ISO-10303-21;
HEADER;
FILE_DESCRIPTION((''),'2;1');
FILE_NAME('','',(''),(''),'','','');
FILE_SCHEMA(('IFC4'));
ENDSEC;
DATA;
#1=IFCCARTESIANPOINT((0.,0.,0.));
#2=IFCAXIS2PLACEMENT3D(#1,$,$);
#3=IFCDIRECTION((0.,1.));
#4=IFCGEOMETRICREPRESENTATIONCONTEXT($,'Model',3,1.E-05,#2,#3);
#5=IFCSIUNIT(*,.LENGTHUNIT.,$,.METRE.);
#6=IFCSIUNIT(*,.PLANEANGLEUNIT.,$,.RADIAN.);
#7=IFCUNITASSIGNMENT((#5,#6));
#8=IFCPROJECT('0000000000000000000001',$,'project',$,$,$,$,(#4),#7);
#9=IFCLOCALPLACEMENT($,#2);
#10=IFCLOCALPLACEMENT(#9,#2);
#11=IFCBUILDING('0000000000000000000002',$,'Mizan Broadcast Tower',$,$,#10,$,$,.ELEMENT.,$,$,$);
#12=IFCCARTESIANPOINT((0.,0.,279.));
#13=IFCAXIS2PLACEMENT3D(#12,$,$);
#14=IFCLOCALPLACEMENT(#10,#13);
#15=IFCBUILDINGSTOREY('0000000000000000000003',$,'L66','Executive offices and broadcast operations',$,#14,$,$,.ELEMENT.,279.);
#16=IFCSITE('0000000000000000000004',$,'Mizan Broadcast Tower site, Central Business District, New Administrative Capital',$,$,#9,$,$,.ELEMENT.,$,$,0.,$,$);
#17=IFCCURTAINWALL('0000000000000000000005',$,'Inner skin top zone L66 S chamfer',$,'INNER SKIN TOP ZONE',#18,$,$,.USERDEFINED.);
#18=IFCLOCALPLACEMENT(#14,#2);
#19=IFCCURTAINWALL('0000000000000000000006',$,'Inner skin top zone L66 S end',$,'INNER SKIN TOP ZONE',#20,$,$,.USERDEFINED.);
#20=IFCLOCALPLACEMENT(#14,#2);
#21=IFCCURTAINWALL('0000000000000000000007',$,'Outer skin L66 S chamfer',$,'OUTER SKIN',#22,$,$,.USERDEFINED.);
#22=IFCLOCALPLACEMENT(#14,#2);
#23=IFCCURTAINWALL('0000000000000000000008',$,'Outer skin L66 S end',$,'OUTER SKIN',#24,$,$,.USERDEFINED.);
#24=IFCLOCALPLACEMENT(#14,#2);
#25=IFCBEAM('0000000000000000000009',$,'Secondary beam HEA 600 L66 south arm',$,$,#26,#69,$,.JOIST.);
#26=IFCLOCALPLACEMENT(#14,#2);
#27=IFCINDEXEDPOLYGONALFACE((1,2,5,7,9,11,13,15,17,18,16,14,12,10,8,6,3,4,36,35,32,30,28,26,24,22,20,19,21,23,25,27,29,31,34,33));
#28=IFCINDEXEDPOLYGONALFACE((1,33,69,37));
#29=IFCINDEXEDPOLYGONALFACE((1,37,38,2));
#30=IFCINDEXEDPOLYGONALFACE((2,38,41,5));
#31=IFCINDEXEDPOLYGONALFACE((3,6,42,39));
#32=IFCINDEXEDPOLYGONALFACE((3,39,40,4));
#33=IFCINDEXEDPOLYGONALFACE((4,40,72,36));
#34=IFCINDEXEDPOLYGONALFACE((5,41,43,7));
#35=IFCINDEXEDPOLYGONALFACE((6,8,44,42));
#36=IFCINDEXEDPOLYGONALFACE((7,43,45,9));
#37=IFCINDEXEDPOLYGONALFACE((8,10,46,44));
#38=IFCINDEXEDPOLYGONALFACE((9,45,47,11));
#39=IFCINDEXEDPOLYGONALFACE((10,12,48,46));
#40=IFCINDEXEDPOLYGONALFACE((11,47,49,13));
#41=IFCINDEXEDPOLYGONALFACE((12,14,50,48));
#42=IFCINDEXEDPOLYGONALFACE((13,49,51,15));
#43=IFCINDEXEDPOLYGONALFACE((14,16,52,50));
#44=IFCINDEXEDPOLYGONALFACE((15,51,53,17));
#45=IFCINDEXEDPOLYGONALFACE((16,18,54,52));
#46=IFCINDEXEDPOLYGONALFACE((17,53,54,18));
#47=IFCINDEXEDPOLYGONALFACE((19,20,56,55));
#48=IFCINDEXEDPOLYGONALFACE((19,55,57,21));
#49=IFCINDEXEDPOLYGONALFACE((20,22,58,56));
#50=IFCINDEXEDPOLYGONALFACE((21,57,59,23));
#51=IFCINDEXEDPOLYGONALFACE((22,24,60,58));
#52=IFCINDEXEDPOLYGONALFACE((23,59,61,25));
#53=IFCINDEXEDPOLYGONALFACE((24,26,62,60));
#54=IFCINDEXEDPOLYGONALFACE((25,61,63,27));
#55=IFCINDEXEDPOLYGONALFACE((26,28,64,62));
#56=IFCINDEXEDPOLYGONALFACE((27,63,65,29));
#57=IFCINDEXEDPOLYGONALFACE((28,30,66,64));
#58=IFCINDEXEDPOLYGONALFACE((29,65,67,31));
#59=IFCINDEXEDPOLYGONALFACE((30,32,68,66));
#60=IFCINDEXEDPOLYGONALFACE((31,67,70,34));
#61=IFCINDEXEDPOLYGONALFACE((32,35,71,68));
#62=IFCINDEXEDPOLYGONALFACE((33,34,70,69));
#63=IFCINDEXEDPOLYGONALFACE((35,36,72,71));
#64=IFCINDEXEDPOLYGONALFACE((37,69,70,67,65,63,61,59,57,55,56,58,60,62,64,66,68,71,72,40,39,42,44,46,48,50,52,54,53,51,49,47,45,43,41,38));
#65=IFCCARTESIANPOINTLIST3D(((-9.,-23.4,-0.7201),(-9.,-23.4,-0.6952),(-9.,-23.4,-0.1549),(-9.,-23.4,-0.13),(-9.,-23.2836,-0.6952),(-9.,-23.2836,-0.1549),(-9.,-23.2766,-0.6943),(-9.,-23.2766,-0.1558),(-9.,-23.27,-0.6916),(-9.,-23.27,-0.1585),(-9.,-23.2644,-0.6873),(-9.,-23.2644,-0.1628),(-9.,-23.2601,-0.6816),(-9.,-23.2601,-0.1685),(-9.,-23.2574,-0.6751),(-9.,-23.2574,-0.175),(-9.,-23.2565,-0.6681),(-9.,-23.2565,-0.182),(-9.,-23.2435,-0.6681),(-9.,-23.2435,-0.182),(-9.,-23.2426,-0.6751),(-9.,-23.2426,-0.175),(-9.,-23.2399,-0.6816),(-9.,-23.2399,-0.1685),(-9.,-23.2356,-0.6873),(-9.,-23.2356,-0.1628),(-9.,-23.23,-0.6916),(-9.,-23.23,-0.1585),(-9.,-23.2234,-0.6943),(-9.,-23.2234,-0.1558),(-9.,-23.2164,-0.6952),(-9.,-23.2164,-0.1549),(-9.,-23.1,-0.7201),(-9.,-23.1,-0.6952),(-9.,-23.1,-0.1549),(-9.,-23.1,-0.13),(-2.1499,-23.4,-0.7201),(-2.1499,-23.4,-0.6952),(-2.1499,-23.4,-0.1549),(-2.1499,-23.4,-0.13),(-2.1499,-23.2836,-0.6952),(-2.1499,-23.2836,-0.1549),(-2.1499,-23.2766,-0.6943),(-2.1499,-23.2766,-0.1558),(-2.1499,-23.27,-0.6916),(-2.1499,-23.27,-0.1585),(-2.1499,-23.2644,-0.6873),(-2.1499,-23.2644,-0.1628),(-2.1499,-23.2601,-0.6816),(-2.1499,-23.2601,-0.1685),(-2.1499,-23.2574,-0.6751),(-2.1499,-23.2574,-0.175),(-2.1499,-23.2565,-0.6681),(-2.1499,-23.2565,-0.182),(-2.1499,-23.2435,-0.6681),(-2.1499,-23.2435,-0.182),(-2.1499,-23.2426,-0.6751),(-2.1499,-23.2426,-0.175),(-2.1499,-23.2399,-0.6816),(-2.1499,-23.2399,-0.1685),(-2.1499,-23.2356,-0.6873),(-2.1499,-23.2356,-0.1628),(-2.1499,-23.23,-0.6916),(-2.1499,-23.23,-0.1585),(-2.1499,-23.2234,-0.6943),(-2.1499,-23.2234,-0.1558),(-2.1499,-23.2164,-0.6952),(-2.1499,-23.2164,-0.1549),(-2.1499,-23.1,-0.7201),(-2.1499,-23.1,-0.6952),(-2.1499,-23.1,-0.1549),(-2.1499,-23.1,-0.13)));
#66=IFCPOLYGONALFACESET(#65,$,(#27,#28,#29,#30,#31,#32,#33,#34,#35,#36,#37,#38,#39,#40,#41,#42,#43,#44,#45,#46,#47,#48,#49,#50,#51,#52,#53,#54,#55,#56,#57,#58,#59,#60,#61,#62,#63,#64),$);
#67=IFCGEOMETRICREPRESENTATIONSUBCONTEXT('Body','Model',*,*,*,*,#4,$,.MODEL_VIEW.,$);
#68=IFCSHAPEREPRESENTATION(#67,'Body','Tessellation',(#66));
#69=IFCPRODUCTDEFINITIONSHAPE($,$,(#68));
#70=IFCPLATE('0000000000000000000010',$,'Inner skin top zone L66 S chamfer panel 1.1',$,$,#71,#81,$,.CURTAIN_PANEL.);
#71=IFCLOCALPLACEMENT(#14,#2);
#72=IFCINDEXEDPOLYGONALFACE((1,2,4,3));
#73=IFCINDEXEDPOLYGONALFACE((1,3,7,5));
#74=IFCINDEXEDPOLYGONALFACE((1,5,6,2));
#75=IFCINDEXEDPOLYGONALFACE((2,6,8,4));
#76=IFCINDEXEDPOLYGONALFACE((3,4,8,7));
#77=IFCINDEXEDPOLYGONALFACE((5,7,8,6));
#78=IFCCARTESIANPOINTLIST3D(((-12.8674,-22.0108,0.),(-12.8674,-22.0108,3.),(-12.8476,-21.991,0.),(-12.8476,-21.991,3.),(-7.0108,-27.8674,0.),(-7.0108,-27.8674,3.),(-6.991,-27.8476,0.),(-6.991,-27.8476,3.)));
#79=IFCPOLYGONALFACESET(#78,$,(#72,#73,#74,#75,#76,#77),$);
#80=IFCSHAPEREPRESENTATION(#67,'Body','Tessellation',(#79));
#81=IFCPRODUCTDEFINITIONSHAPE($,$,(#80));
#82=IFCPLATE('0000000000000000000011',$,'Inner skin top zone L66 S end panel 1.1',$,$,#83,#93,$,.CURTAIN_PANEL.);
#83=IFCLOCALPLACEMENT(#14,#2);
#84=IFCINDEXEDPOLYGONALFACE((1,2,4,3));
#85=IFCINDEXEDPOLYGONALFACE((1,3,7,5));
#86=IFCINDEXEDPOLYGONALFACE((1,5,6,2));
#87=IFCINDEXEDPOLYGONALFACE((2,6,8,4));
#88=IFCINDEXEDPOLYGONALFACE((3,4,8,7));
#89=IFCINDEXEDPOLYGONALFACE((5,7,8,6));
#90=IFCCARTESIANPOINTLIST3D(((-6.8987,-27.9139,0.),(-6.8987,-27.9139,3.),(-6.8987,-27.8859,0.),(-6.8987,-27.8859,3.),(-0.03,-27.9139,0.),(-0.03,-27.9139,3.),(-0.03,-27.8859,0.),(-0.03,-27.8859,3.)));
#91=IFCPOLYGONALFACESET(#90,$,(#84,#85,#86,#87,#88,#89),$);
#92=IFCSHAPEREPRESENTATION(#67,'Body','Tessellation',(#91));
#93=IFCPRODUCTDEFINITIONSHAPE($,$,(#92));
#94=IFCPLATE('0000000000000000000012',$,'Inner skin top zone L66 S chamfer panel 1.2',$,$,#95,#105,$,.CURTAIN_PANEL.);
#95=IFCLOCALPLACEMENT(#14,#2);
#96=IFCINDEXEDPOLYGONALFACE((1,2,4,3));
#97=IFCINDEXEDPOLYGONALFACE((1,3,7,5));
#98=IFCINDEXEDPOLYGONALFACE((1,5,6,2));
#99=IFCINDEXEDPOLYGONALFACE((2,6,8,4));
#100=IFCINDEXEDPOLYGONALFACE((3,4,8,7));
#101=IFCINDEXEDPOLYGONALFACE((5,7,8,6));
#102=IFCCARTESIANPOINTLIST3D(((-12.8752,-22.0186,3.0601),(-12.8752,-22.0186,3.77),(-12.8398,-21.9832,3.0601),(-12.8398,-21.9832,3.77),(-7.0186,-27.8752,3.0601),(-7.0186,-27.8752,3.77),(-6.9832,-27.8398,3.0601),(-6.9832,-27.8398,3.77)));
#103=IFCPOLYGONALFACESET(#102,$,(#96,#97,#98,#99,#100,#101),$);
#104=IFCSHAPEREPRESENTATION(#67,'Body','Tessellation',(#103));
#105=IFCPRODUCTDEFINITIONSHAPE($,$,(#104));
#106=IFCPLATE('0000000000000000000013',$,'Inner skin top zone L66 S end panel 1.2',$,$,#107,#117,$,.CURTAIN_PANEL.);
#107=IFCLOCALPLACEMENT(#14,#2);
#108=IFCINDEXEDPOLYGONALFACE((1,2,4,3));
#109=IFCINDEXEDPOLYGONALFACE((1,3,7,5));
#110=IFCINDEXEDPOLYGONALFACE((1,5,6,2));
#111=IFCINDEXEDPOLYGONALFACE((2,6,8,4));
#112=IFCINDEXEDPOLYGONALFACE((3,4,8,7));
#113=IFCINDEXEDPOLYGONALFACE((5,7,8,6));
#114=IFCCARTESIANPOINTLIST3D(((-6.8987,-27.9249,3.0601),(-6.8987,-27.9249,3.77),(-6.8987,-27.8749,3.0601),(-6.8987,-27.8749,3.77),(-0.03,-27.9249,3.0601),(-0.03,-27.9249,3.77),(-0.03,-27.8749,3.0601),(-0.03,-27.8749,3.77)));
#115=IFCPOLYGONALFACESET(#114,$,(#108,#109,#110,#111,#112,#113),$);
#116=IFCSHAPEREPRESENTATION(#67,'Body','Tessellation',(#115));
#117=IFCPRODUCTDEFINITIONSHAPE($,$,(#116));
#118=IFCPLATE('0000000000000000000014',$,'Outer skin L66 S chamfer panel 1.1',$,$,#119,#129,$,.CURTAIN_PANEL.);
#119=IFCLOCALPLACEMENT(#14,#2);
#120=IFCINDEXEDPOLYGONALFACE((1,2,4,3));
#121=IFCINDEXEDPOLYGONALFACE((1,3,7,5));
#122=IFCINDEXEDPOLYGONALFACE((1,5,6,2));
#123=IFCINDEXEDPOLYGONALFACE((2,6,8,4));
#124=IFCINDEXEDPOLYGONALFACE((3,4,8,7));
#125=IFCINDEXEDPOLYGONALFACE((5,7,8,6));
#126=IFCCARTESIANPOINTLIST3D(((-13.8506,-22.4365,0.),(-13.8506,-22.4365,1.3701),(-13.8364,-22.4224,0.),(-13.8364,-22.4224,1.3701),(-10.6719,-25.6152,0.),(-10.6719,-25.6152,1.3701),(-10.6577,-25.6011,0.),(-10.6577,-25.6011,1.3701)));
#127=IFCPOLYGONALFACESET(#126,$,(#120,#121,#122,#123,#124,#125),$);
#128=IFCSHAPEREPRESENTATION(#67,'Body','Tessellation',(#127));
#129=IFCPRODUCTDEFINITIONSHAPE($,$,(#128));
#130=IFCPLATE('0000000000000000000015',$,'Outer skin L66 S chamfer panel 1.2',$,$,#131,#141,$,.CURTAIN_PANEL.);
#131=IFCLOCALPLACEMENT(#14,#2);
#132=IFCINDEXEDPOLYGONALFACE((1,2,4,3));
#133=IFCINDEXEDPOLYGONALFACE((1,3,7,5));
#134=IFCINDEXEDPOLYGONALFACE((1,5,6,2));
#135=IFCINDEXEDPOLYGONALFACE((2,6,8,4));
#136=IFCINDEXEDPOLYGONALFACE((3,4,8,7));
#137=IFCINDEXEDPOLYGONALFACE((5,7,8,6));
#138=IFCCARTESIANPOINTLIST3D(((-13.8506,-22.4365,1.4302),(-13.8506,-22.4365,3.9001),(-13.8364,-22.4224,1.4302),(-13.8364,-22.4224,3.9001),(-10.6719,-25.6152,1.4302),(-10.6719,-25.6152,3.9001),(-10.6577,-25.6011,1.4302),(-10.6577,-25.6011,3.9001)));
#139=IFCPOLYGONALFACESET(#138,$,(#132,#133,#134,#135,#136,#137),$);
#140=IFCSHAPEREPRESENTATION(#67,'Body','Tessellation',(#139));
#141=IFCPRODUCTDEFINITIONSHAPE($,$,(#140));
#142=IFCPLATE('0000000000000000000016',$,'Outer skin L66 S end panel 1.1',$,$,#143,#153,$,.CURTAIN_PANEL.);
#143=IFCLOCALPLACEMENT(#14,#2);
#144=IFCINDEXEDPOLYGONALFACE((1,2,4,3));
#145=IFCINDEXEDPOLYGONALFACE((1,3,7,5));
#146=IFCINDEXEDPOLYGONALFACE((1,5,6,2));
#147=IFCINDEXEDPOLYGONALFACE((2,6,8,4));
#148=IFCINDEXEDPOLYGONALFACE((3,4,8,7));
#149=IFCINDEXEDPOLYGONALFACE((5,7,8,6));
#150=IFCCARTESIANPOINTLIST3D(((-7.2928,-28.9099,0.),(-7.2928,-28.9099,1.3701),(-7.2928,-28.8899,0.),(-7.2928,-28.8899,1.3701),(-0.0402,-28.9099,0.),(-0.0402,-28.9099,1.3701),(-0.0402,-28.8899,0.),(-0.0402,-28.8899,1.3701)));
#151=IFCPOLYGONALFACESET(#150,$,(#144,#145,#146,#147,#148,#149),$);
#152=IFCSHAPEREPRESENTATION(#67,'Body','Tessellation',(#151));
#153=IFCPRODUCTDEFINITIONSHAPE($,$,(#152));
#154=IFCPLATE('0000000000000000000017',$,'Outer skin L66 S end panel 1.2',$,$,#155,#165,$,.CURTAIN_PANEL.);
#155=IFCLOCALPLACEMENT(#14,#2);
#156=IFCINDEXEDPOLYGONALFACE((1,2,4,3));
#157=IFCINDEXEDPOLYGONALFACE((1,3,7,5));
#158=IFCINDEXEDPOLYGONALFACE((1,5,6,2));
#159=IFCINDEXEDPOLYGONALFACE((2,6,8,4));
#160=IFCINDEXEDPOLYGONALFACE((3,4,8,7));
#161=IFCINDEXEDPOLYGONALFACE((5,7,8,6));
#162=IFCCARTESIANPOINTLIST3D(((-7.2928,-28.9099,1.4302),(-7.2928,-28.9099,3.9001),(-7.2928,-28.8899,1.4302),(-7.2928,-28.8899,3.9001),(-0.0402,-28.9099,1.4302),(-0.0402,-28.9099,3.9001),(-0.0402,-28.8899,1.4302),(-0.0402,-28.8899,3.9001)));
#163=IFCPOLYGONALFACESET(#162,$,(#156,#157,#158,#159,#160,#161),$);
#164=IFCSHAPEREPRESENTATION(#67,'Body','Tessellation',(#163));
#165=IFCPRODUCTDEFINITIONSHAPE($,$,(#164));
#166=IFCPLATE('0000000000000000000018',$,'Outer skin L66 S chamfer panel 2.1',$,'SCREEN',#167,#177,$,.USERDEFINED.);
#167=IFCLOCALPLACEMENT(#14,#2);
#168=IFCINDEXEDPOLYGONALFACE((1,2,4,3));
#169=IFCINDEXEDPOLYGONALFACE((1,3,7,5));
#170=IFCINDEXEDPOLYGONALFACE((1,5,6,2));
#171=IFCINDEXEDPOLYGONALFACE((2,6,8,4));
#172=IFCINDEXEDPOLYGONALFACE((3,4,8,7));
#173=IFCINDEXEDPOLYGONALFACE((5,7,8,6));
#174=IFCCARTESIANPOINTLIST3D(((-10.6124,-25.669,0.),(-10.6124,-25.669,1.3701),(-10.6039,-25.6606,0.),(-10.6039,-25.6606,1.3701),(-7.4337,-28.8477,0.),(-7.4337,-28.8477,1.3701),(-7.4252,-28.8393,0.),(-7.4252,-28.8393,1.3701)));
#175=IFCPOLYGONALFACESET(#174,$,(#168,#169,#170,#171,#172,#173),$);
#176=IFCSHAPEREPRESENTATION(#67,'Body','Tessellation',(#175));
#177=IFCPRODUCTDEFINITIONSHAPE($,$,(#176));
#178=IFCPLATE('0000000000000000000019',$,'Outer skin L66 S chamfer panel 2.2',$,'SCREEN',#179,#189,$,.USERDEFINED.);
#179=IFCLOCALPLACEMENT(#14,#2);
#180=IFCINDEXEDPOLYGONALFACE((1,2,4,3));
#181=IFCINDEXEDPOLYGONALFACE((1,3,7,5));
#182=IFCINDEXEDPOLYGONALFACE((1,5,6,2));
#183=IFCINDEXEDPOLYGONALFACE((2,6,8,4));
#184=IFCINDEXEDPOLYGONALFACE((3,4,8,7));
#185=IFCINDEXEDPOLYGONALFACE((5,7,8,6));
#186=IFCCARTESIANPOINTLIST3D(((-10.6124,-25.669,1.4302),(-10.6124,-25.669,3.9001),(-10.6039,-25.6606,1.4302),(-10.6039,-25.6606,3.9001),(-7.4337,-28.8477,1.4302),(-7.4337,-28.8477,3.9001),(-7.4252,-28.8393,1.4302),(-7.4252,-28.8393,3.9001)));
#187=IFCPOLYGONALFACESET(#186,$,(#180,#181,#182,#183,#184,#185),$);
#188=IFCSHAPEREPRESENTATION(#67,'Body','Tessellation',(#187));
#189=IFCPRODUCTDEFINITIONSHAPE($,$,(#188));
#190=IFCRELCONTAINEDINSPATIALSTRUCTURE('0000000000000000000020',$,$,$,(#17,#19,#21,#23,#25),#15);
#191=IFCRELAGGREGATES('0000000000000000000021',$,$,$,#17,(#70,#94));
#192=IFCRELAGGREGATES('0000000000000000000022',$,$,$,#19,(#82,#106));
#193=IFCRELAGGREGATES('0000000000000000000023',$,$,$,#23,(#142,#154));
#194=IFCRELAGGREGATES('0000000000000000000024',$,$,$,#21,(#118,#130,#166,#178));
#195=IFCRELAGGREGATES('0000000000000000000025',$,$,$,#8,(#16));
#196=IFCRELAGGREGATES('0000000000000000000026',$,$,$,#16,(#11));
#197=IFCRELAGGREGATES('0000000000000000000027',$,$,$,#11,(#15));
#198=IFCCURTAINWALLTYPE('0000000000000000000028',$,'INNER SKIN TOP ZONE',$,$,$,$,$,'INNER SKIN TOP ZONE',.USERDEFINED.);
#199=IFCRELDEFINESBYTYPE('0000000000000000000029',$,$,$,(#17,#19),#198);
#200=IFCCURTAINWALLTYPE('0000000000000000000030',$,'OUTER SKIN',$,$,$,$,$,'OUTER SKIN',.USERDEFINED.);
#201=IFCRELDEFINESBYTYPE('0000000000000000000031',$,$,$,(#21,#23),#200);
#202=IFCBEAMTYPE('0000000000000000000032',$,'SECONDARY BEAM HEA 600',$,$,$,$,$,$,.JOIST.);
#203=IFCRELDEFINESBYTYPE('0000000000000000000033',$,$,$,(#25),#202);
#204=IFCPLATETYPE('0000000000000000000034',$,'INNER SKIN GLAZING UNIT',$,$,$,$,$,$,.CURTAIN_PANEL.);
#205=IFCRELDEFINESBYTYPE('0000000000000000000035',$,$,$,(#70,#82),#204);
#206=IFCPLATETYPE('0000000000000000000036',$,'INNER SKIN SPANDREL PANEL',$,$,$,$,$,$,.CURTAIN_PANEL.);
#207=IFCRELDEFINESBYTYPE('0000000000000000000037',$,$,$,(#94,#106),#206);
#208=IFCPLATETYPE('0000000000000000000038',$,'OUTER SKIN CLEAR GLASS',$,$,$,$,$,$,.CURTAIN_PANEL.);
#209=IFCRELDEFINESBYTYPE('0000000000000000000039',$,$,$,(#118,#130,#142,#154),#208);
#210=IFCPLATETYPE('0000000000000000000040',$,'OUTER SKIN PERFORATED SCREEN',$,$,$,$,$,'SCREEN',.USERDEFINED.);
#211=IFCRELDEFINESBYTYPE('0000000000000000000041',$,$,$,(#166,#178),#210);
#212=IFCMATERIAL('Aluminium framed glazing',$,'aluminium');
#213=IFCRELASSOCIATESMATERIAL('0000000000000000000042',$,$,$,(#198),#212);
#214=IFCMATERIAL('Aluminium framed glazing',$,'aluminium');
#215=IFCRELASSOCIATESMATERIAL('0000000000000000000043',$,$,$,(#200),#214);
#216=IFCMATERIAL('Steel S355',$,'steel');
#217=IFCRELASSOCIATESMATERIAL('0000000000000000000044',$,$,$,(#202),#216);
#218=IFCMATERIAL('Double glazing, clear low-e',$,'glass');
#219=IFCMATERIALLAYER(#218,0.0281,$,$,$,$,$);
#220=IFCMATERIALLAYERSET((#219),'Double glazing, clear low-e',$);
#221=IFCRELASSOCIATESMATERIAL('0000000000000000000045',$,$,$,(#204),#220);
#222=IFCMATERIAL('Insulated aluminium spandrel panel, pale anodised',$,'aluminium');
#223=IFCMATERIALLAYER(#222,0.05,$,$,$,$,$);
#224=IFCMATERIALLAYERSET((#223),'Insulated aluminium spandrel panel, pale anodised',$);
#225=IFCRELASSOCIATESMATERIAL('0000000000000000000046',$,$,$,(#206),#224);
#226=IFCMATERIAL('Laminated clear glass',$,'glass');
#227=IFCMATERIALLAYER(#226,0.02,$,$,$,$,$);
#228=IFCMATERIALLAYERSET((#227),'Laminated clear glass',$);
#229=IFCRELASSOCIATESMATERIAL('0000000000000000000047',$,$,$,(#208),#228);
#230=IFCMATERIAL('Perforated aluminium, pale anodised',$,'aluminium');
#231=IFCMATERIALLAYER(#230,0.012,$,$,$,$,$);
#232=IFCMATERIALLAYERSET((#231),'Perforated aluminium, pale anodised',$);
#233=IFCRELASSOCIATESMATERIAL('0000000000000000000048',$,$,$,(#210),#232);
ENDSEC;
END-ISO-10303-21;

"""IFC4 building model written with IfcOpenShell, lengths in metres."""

from ifc_helpers import new_model, si_unit, direction, frame, origin, origin_2d, place, context, subcontext, project, spatial, rectangle, i_section, extrude, material, layer, layer_set, material_profile, profile_set, type_object, element, aggregate, save


model = new_model("IFC4")

# Units and contexts
model_context = context("Model", 3, precision=1e-05, world=origin(), true_north=direction((0.0, 1.0)))
body_context = subcontext(model_context, "Body", "Model", "MODEL_VIEW")
ifc_project = project(units=[si_unit("LENGTHUNIT", "METRE"), si_unit("PLANEANGLEUNIT", "RADIAN")], contexts=[model_context])

# Site, building, storey
site_placement = place(None, origin())
site = spatial("IfcSite", under=ifc_project, at=site_placement, Name="Mizan Broadcast Tower site, Central Business District, New Administrative Capital", CompositionType="ELEMENT", RefElevation=0.0)
building_placement = place(site_placement, origin())
building = spatial("IfcBuilding", under=site, at=building_placement, Name="Mizan Broadcast Tower", CompositionType="ELEMENT")
storey_placement = place(building_placement, frame((0.0, 0.0, 279.0)))
storey = spatial("IfcBuildingStorey", under=building, at=storey_placement, Name="L66", Description="Executive offices and broadcast operations", CompositionType="ELEMENT", Elevation=279.0)

# Curtain walls
ifc_material_1 = material(Name="Aluminium framed glazing", Category="aluminium")
curtain_wall_type_1 = type_object("IfcCurtainWallType", Name="INNER SKIN TOP ZONE", ElementType="INNER SKIN TOP ZONE", PredefinedType="USERDEFINED", material=ifc_material_1)
curtain_wall_1_placement = place(storey_placement, origin())
curtain_wall_1 = element("IfcCurtainWall", 1, at=curtain_wall_1_placement, inside=storey, type_object=curtain_wall_type_1, Name="Inner skin top zone L66 S chamfer", ObjectType="INNER SKIN TOP ZONE", PredefinedType="USERDEFINED")
curtain_wall_2_placement = place(storey_placement, origin())
curtain_wall_2 = element("IfcCurtainWall", 2, at=curtain_wall_2_placement, inside=storey, type_object=curtain_wall_type_1, Name="Inner skin top zone L66 S end", ObjectType="INNER SKIN TOP ZONE", PredefinedType="USERDEFINED")

# Curtain wall
ifc_material_2 = material(Name="Aluminium framed glazing", Category="aluminium")
curtain_wall_type_2 = type_object("IfcCurtainWallType", Name="OUTER SKIN", ElementType="OUTER SKIN", PredefinedType="USERDEFINED", material=ifc_material_2)
curtain_wall_3_placement = place(storey_placement, origin())
curtain_wall_3 = element("IfcCurtainWall", 3, at=curtain_wall_3_placement, inside=storey, type_object=curtain_wall_type_2, Name="Outer skin L66 S chamfer", ObjectType="OUTER SKIN", PredefinedType="USERDEFINED")

# Curtain wall
curtain_wall_4_placement = place(storey_placement, origin())
curtain_wall_4 = element("IfcCurtainWall", 4, at=curtain_wall_4_placement, inside=storey, type_object=curtain_wall_type_2, Name="Outer skin L66 S end", ObjectType="OUTER SKIN", PredefinedType="USERDEFINED")

# Beam
ifc_material_3 = material(Name="Steel S355", Category="steel")
ifc_material_profile_1 = material_profile(ifc_material_3, i_section(OverallWidth=0.3, OverallDepth=0.5901, WebThickness=0.0129, FlangeThickness=0.0249, FilletRadius=0.0271, at=origin_2d()), Name="HEA 600")
ifc_profile_set_1 = profile_set([ifc_material_profile_1], Name="Steel S355")
beam_type_1 = type_object("IfcBeamType", Name="SECONDARY BEAM HEA 600", PredefinedType="JOIST", material=ifc_profile_set_1)
beam_1_placement = place(storey_placement, frame((-9.0, -23.25, -0.425), z_axis=(1.0, 0.0, 0.0), x_axis=(0.0, 1.0, 0.0)))
element("IfcBeam", 5, at=beam_1_placement, inside=storey, type_object=beam_type_1, Name="Secondary beam HEA 600 L66 south arm", PredefinedType="JOIST", context=body_context, shape_type="SweptSolid", body=[
    extrude(i_section(OverallWidth=0.3, OverallDepth=0.5901, WebThickness=0.0129, FlangeThickness=0.0249, FilletRadius=0.0271, at=origin_2d()), origin(), (0.0, 0.0, 1.0), 6.8501),
])

# Plates
ifc_material_4 = material(Name="Double glazing, clear low-e", Category="glass")
ifc_layer_1 = layer(ifc_material_4, 0.0281)
ifc_layer_set_1 = layer_set([ifc_layer_1], Name="Double glazing, clear low-e")
plate_type_1 = type_object("IfcPlateType", Name="INNER SKIN GLAZING UNIT", PredefinedType="CURTAIN_PANEL", material=ifc_layer_set_1)
plate_1_placement = place(storey_placement, frame((-9.9292, -24.9292, 0.0), z_axis=(0.0, 0.0, 1.0), x_axis=(0.707107, -0.707107, 0.0)))
plate_1 = element("IfcPlate", 6, at=plate_1_placement, type_object=plate_type_1, Name="Inner skin top zone L66 S chamfer panel 1.1", PredefinedType="CURTAIN_PANEL", context=body_context, shape_type="SweptSolid", body=[
    extrude(rectangle(XDim=8.2825, YDim=0.0281, at=origin_2d()), origin(), (0.0, 0.0, 1.0), 3.0),
])
plate_2_placement = place(storey_placement, frame((-3.4644, -27.8999, 0.0), z_axis=(0.0, 0.0, 1.0), x_axis=(1.0, 0.0, 0.0)))
plate_2 = element("IfcPlate", 7, at=plate_2_placement, type_object=plate_type_1, Name="Inner skin top zone L66 S end panel 1.1", PredefinedType="CURTAIN_PANEL", context=body_context, shape_type="SweptSolid", body=[
    extrude(rectangle(XDim=6.8687, YDim=0.0281, at=origin_2d()), origin(), (0.0, 0.0, 1.0), 3.0),
])
ifc_material_5 = material(Name="Insulated aluminium spandrel panel, pale anodised", Category="aluminium")
ifc_layer_2 = layer(ifc_material_5, 0.05)
ifc_layer_set_2 = layer_set([ifc_layer_2], Name="Insulated aluminium spandrel panel, pale anodised")
plate_type_2 = type_object("IfcPlateType", Name="INNER SKIN SPANDREL PANEL", PredefinedType="CURTAIN_PANEL", material=ifc_layer_set_2)
plate_3_placement = place(storey_placement, frame((-9.9292, -24.9292, 3.0601), z_axis=(0.0, 0.0, 1.0), x_axis=(0.707107, -0.707107, 0.0)))
plate_3 = element("IfcPlate", 8, at=plate_3_placement, type_object=plate_type_2, Name="Inner skin top zone L66 S chamfer panel 1.2", PredefinedType="CURTAIN_PANEL", context=body_context, shape_type="SweptSolid", body=[
    extrude(rectangle(XDim=8.2825, YDim=0.05, at=origin_2d()), origin(), (0.0, 0.0, 1.0), 0.71),
])
aggregate(curtain_wall_1, [plate_1, plate_3])
plate_4_placement = place(storey_placement, frame((-3.4644, -27.8999, 3.0601), z_axis=(0.0, 0.0, 1.0), x_axis=(1.0, 0.0, 0.0)))
plate_4 = element("IfcPlate", 9, at=plate_4_placement, type_object=plate_type_2, Name="Inner skin top zone L66 S end panel 1.2", PredefinedType="CURTAIN_PANEL", context=body_context, shape_type="SweptSolid", body=[
    extrude(rectangle(XDim=6.8687, YDim=0.05, at=origin_2d()), origin(), (0.0, 0.0, 1.0), 0.71),
])
aggregate(curtain_wall_2, [plate_2, plate_4])
ifc_material_6 = material(Name="Laminated clear glass", Category="glass")
ifc_layer_3 = layer(ifc_material_6, 0.02)
ifc_layer_set_3 = layer_set([ifc_layer_3], Name="Laminated clear glass")
plate_type_3 = type_object("IfcPlateType", Name="OUTER SKIN CLEAR GLASS", PredefinedType="CURTAIN_PANEL", material=ifc_layer_set_3)
plate_5_placement = place(storey_placement, frame((-12.2542, -24.0188, 0.0), z_axis=(0.0, 0.0, 1.0), x_axis=(0.707107, -0.707107, 0.0)))
plate_5 = element("IfcPlate", 10, at=plate_5_placement, type_object=plate_type_3, Name="Outer skin L66 S chamfer panel 1.1", PredefinedType="CURTAIN_PANEL", context=body_context, shape_type="SweptSolid", body=[
    extrude(rectangle(XDim=4.4954, YDim=0.02, at=origin_2d()), origin(), (0.0, 0.0, 1.0), 1.3701),
])
plate_6_placement = place(storey_placement, frame((-12.2542, -24.0188, 1.4302), z_axis=(0.0, 0.0, 1.0), x_axis=(0.707107, -0.707107, 0.0)))
plate_6 = element("IfcPlate", 11, at=plate_6_placement, type_object=plate_type_3, Name="Outer skin L66 S chamfer panel 1.2", PredefinedType="CURTAIN_PANEL", context=body_context, shape_type="SweptSolid", body=[
    extrude(rectangle(XDim=4.4954, YDim=0.02, at=origin_2d()), origin(), (0.0, 0.0, 1.0), 2.47),
])
plate_7_placement = place(storey_placement, frame((-3.6665, -28.8999, 0.0), z_axis=(0.0, 0.0, 1.0), x_axis=(1.0, 0.0, 0.0)))
plate_7 = element("IfcPlate", 12, at=plate_7_placement, type_object=plate_type_3, Name="Outer skin L66 S end panel 1.1", PredefinedType="CURTAIN_PANEL", context=body_context, shape_type="SweptSolid", body=[
    extrude(rectangle(XDim=7.2527, YDim=0.02, at=origin_2d()), origin(), (0.0, 0.0, 1.0), 1.3701),
])
plate_8_placement = place(storey_placement, frame((-3.6665, -28.8999, 1.4302), z_axis=(0.0, 0.0, 1.0), x_axis=(1.0, 0.0, 0.0)))
plate_8 = element("IfcPlate", 13, at=plate_8_placement, type_object=plate_type_3, Name="Outer skin L66 S end panel 1.2", PredefinedType="CURTAIN_PANEL", context=body_context, shape_type="SweptSolid", body=[
    extrude(rectangle(XDim=7.2527, YDim=0.02, at=origin_2d()), origin(), (0.0, 0.0, 1.0), 2.47),
])
aggregate(curtain_wall_4, [plate_7, plate_8])
ifc_material_7 = material(Name="Perforated aluminium, pale anodised", Category="aluminium")
ifc_layer_4 = layer(ifc_material_7, 0.012)
ifc_layer_set_4 = layer_set([ifc_layer_4], Name="Perforated aluminium, pale anodised")
plate_type_4 = type_object("IfcPlateType", Name="OUTER SKIN PERFORATED SCREEN", ElementType="SCREEN", PredefinedType="USERDEFINED", material=ifc_layer_set_4)
plate_9_placement = place(storey_placement, frame((-9.0188, -27.2542, 0.0), z_axis=(0.0, 0.0, 1.0), x_axis=(0.707107, -0.707107, 0.0)))
plate_9 = element("IfcPlate", 14, at=plate_9_placement, type_object=plate_type_4, Name="Outer skin L66 S chamfer panel 2.1", ObjectType="SCREEN", PredefinedType="USERDEFINED", context=body_context, shape_type="SweptSolid", body=[
    extrude(rectangle(XDim=4.4954, YDim=0.012, at=origin_2d()), origin(), (0.0, 0.0, 1.0), 1.3701),
])
plate_10_placement = place(storey_placement, frame((-9.0188, -27.2542, 1.4302), z_axis=(0.0, 0.0, 1.0), x_axis=(0.707107, -0.707107, 0.0)))
plate_10 = element("IfcPlate", 15, at=plate_10_placement, type_object=plate_type_4, Name="Outer skin L66 S chamfer panel 2.2", ObjectType="SCREEN", PredefinedType="USERDEFINED", context=body_context, shape_type="SweptSolid", body=[
    extrude(rectangle(XDim=4.4954, YDim=0.012, at=origin_2d()), origin(), (0.0, 0.0, 1.0), 2.47),
])
aggregate(curtain_wall_3, [plate_5, plate_6, plate_9, plate_10])

save(model, "model.ifc")
